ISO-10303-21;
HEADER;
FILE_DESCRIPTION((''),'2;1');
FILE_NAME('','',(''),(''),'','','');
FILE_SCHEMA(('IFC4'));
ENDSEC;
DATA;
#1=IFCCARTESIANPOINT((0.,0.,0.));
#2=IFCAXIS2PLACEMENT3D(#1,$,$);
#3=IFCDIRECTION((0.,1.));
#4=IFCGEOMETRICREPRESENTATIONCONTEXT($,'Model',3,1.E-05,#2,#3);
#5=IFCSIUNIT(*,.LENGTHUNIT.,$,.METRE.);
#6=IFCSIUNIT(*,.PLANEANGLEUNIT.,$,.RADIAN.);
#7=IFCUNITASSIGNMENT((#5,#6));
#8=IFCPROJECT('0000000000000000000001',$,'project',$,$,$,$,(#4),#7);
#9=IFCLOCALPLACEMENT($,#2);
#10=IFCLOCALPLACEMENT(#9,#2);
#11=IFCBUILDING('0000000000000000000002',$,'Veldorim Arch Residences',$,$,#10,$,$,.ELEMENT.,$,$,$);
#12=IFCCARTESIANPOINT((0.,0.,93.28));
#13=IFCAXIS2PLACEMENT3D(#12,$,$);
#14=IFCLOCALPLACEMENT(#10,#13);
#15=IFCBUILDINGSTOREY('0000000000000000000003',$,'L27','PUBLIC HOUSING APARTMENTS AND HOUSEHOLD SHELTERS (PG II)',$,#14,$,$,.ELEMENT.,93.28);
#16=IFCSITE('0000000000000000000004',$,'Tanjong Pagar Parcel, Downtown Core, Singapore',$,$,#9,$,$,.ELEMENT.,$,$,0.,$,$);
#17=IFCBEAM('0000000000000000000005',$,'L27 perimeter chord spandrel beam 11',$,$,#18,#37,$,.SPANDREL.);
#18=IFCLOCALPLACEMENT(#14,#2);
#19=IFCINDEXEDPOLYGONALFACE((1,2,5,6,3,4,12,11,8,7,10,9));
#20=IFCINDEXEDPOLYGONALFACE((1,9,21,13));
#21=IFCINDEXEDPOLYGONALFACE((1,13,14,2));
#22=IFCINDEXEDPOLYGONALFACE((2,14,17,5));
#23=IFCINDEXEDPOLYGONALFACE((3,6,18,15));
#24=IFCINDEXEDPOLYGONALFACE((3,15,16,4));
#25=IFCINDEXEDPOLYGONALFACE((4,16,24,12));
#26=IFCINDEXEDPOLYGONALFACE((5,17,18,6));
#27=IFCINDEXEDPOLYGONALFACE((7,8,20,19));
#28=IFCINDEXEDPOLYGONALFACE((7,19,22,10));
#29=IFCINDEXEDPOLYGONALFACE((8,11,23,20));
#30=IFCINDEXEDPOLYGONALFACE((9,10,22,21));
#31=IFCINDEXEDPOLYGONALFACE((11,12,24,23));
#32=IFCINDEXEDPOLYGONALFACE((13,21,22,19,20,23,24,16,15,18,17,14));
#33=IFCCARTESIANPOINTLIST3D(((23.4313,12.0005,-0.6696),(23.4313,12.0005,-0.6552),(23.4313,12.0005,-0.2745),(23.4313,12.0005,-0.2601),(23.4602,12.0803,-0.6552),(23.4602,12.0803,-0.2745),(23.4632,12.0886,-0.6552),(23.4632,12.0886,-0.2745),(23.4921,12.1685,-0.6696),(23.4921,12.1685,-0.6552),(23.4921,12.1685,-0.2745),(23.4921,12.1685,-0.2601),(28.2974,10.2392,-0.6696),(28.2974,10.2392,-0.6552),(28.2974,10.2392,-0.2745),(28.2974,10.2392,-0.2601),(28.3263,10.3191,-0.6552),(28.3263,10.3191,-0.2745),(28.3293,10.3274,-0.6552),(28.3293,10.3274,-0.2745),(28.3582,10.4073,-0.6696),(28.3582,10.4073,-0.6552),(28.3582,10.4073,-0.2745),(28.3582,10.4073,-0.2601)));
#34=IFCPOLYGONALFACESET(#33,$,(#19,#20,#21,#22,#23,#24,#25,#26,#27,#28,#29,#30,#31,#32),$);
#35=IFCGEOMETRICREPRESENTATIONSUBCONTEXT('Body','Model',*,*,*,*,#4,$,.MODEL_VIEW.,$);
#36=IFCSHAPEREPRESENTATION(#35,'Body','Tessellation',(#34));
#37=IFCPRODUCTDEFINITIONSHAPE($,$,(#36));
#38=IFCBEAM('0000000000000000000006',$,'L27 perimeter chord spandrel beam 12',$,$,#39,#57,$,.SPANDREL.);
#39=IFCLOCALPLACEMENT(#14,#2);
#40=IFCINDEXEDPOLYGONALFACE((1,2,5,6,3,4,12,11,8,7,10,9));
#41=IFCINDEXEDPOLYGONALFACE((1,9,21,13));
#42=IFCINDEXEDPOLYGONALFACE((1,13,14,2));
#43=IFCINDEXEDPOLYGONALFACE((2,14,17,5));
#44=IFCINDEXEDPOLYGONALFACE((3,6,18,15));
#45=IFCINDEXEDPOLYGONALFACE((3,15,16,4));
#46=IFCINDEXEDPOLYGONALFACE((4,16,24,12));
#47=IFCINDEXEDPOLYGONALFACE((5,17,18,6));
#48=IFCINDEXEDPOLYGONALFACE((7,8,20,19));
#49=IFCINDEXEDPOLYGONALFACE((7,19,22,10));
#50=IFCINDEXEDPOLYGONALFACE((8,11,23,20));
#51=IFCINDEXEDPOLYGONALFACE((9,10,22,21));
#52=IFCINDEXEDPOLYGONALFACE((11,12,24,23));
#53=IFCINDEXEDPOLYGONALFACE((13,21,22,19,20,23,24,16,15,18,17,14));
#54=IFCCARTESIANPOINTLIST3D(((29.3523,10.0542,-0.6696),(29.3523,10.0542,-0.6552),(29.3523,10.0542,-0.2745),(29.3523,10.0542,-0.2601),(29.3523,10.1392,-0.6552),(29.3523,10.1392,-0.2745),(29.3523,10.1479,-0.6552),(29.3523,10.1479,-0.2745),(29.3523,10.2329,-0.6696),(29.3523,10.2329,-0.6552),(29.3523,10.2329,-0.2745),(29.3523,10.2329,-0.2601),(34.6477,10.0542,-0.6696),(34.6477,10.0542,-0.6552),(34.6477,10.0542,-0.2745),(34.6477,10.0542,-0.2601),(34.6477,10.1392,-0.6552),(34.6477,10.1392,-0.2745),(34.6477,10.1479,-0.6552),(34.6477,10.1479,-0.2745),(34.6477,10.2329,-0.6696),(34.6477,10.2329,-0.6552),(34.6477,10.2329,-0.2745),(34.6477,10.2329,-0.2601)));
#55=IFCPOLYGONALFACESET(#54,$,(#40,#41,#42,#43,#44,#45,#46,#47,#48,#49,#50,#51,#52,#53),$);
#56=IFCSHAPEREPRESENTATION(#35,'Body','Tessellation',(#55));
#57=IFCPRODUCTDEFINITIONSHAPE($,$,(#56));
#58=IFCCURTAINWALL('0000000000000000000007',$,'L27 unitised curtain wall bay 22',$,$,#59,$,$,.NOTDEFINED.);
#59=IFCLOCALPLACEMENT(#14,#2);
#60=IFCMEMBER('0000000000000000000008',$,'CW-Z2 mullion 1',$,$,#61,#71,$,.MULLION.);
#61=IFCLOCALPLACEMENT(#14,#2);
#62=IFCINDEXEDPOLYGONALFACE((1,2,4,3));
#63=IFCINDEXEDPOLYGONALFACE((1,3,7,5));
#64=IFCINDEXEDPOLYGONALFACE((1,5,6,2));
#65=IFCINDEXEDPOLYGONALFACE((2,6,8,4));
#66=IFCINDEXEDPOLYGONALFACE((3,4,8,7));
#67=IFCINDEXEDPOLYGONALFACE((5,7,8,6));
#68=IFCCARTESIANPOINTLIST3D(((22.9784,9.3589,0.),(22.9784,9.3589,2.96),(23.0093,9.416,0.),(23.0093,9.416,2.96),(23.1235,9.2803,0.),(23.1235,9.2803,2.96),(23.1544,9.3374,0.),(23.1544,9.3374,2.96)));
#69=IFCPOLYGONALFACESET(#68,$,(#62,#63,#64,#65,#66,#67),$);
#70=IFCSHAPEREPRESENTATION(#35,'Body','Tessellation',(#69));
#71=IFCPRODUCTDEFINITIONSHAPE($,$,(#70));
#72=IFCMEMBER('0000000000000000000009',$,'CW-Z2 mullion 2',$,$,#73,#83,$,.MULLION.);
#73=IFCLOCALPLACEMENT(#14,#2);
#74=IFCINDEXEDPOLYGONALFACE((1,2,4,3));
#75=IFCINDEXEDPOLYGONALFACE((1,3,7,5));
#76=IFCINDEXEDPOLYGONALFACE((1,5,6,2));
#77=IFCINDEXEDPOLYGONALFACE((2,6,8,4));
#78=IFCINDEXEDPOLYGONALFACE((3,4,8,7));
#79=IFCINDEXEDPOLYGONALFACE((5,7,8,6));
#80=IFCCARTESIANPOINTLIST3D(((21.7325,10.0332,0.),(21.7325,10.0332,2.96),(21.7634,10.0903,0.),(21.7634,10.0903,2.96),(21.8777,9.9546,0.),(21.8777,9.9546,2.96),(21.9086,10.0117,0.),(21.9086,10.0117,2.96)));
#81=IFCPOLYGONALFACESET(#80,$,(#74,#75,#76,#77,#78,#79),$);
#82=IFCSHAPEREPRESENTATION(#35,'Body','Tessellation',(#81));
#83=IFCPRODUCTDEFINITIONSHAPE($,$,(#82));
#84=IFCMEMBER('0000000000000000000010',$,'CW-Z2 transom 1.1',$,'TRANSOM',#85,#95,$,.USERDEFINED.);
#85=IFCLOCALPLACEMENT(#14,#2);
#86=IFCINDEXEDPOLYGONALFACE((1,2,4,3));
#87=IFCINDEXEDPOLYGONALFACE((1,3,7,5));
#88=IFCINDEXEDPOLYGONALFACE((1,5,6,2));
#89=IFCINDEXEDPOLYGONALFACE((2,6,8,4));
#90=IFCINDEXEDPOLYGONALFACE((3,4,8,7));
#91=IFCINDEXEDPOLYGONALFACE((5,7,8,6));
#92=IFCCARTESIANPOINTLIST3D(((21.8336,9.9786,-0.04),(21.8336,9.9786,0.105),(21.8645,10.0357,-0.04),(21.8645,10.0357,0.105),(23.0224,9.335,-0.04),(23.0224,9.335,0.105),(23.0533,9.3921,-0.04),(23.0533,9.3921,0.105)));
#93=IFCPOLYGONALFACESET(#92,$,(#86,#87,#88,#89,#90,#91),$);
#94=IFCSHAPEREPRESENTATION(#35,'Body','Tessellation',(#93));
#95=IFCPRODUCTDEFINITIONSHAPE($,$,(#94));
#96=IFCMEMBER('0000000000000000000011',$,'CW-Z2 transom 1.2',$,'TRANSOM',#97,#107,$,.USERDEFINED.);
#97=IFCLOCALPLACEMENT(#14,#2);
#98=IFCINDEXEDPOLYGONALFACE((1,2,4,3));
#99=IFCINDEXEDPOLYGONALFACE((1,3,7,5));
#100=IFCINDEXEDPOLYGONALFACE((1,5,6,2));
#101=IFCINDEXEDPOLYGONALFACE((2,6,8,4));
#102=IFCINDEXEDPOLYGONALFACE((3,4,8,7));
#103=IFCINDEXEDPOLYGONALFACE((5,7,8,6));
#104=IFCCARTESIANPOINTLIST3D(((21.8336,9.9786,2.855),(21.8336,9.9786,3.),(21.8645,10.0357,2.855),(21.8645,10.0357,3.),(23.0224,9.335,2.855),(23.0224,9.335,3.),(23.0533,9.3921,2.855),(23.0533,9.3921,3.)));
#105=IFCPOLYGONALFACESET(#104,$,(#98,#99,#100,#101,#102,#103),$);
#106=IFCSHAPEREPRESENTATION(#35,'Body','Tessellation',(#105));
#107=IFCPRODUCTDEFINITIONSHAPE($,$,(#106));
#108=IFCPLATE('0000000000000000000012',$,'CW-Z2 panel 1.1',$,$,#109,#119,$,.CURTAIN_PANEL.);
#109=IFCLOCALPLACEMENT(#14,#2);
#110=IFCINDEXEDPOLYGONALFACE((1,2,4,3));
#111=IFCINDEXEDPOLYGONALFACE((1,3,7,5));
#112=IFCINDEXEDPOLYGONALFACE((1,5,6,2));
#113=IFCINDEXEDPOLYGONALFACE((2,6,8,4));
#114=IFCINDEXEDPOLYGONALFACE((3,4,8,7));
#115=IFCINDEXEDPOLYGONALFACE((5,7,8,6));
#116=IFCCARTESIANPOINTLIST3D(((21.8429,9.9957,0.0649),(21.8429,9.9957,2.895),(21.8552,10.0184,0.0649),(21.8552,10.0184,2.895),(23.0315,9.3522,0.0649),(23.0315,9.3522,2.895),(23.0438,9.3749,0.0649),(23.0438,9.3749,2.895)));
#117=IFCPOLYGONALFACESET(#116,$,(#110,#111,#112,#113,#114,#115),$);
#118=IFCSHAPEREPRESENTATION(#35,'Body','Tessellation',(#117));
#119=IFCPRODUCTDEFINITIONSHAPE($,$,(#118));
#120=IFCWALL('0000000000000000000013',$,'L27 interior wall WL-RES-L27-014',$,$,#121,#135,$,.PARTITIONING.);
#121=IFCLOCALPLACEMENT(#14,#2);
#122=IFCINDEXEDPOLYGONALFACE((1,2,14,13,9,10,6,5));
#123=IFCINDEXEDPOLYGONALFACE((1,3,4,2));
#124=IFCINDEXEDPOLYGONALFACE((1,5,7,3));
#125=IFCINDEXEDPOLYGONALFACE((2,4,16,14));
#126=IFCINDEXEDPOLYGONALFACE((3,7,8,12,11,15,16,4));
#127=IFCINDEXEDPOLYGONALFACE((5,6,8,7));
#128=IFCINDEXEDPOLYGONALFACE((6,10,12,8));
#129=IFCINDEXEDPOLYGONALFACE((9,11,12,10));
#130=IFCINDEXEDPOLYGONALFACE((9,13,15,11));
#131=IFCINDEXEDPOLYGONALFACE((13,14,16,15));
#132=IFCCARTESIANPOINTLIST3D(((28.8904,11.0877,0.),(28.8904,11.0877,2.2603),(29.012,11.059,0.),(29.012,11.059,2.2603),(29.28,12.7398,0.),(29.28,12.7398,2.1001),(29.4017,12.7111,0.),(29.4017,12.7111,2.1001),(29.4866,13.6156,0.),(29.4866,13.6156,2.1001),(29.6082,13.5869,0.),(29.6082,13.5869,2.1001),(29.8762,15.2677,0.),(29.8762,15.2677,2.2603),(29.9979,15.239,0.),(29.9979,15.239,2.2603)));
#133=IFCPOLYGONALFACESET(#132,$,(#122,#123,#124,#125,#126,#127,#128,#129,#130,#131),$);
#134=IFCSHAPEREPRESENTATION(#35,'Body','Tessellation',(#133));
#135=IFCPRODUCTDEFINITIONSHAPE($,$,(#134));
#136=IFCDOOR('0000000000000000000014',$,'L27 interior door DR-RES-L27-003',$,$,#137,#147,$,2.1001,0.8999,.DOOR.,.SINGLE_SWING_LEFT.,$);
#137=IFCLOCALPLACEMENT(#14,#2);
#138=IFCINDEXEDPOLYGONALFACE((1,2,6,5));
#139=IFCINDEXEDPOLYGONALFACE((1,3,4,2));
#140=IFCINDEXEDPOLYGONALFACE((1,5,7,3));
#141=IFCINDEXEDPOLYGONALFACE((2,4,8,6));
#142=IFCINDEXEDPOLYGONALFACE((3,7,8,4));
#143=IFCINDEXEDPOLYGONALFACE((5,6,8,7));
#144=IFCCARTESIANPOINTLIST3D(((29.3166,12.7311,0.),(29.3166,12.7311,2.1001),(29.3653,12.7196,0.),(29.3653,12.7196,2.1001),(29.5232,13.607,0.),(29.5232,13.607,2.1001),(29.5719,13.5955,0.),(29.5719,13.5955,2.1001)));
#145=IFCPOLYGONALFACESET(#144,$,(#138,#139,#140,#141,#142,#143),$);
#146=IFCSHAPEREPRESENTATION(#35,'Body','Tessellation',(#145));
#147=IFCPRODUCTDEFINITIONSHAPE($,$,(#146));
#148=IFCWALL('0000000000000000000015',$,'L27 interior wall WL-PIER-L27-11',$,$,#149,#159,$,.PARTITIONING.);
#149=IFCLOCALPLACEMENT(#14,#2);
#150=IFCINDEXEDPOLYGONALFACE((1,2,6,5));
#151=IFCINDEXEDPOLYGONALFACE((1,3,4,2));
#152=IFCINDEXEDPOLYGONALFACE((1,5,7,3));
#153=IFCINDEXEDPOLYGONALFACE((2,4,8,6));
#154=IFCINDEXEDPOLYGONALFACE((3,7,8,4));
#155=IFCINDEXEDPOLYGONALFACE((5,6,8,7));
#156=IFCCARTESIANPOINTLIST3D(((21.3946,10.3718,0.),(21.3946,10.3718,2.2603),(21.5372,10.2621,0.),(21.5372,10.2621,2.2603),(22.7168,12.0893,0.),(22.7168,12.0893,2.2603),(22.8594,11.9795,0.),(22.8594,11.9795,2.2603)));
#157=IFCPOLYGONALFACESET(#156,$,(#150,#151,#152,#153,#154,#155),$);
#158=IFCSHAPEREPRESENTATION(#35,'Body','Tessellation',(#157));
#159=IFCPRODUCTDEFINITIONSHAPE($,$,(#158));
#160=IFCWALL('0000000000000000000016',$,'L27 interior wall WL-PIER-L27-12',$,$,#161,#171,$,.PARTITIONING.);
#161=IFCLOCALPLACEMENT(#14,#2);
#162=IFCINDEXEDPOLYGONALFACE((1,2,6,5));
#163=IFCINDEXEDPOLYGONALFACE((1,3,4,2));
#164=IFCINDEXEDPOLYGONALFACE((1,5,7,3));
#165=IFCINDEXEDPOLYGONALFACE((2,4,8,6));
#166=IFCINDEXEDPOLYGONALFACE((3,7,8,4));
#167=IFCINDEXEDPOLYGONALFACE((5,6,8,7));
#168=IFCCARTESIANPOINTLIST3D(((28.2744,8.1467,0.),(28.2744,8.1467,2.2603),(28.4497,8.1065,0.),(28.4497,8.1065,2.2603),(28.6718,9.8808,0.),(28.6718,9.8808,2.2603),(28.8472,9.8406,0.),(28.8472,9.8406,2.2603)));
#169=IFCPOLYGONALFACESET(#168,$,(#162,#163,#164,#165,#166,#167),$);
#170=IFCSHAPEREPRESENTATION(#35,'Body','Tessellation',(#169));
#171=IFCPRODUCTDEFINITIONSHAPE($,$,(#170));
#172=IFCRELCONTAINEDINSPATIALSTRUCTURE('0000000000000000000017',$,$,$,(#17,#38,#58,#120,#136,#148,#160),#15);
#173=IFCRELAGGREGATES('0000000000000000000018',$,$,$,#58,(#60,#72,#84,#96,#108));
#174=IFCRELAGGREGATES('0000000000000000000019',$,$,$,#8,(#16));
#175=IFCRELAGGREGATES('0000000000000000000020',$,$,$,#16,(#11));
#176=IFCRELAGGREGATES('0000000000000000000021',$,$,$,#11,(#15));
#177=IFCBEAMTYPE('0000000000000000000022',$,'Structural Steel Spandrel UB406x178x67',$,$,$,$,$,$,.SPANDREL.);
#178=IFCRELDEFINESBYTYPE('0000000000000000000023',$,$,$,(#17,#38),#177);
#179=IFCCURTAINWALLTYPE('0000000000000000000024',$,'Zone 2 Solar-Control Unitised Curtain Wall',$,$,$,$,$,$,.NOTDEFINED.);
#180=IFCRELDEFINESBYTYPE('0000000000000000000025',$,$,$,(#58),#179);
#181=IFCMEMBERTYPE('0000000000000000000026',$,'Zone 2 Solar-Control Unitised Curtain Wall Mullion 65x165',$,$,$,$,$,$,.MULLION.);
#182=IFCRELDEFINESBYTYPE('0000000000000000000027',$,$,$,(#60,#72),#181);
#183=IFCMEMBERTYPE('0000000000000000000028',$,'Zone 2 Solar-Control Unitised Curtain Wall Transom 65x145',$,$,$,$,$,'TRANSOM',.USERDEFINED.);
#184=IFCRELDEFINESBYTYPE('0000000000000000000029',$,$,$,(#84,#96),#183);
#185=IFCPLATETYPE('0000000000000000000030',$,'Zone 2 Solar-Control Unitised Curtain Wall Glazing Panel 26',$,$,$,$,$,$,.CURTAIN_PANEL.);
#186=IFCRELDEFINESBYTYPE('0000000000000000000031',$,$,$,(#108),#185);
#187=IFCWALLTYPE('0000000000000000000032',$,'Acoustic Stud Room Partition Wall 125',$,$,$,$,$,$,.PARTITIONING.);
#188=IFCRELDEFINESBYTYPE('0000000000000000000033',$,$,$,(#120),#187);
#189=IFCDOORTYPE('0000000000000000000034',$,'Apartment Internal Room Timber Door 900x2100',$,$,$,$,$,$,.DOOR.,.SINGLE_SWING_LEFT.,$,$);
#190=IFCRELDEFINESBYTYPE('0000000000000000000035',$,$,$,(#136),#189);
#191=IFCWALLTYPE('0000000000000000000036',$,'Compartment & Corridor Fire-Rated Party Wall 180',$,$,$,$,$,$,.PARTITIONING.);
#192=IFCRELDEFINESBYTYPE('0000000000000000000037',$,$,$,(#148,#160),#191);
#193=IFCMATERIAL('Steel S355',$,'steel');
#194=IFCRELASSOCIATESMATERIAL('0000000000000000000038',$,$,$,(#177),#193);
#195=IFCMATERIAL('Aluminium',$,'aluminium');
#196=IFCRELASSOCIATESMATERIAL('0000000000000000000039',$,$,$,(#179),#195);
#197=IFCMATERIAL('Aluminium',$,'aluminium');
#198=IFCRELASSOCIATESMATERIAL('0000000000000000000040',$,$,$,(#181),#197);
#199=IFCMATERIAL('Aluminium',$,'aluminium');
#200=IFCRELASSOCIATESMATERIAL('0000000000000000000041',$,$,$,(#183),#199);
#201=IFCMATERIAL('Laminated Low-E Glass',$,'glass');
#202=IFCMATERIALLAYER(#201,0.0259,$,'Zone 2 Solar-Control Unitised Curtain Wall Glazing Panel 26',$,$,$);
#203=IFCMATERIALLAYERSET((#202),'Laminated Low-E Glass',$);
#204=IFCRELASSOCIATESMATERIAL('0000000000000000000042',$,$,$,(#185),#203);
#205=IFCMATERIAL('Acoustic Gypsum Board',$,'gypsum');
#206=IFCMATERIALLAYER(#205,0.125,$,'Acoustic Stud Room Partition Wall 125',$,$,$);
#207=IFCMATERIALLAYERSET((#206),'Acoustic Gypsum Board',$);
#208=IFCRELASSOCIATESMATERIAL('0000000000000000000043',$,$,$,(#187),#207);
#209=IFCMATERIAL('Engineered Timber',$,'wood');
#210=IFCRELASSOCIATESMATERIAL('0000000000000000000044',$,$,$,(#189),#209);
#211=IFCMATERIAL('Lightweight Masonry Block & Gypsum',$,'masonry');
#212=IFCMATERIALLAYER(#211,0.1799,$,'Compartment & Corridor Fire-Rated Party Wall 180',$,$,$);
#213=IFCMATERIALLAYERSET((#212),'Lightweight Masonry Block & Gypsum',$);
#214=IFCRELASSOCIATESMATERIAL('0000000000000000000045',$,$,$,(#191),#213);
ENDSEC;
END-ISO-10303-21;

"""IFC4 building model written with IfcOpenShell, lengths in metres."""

from ifc_helpers import new_model, si_unit, direction, frame, frame_2d, origin, origin_2d, place, context, subcontext, project, spatial, rectangle, i_section, extrude, material, layer, layer_set, material_profile, profile_set, type_object, element, fill, aggregate, save


model = new_model("IFC4")

# Units and contexts
model_context = context("Model", 3, precision=1e-05, world=origin(), true_north=direction((0.0, 1.0)))
body_context = subcontext(model_context, "Body", "Model", "MODEL_VIEW")
ifc_project = project(units=[si_unit("LENGTHUNIT", "METRE"), si_unit("PLANEANGLEUNIT", "RADIAN")], contexts=[model_context])

# Site, building, storey
site_placement = place(None, origin())
site = spatial("IfcSite", under=ifc_project, at=site_placement, Name="Tanjong Pagar Parcel, Downtown Core, Singapore", CompositionType="ELEMENT", RefElevation=0.0)
building_placement = place(site_placement, origin())
building = spatial("IfcBuilding", under=site, at=building_placement, Name="Veldorim Arch Residences", CompositionType="ELEMENT")
storey_placement = place(building_placement, frame((0.0, 0.0, 93.28)))
storey = spatial("IfcBuildingStorey", under=building, at=storey_placement, Name="L27", Description="PUBLIC HOUSING APARTMENTS AND HOUSEHOLD SHELTERS (PG II)", CompositionType="ELEMENT", Elevation=93.28)

# Beams
ifc_material_1 = material(Name="Steel S355", Category="steel")
ifc_material_profile_1 = material_profile(ifc_material_1, i_section(OverallWidth=0.1787, OverallDepth=0.4094, WebThickness=0.0088, FlangeThickness=0.0144, at=origin_2d()), Name="UB406x178x67")
ifc_profile_set_1 = profile_set([ifc_material_profile_1], Name="Steel S355")
beam_type_1 = type_object("IfcBeamType", Name="Structural Steel Spandrel UB406x178x67", PredefinedType="SPANDREL", material=ifc_profile_set_1)
beam_1_placement = place(storey_placement, frame((23.4617, 12.0845, -0.4648), z_axis=(0.940308, -0.340326, 0.0), x_axis=(0.340326, 0.940308, 0.0)))
element("IfcBeam", 1, at=beam_1_placement, inside=storey, type_object=beam_type_1, Name="L27 perimeter chord spandrel beam 11", PredefinedType="SPANDREL", context=body_context, shape_type="SweptSolid", body=[
    extrude(i_section(OverallWidth=0.1787, OverallDepth=0.4094, WebThickness=0.0088, FlangeThickness=0.0144, at=origin_2d()), origin(), (0.0, 0.0, 1.0), 5.175),
])
beam_2_placement = place(storey_placement, frame((29.3523, 10.1436, -0.4648), z_axis=(1.0, 0.0, 0.0), x_axis=(0.0, 1.0, 0.0)))
element("IfcBeam", 2, at=beam_2_placement, inside=storey, type_object=beam_type_1, Name="L27 perimeter chord spandrel beam 12", PredefinedType="SPANDREL", context=body_context, shape_type="SweptSolid", body=[
    extrude(i_section(OverallWidth=0.1787, OverallDepth=0.4094, WebThickness=0.0088, FlangeThickness=0.0144, at=origin_2d()), origin(), (0.0, 0.0, 1.0), 5.2954),
])

# Curtain wall, members, plate
ifc_material_2 = material(Name="Aluminium", Category="aluminium")
curtain_wall_type = type_object("IfcCurtainWallType", Name="Zone 2 Solar-Control Unitised Curtain Wall", PredefinedType="NOTDEFINED", material=ifc_material_2)
curtain_wall_placement = place(storey_placement, origin())
curtain_wall = element("IfcCurtainWall", 3, at=curtain_wall_placement, inside=storey, type_object=curtain_wall_type, Name="L27 unitised curtain wall bay 22", PredefinedType="NOTDEFINED")
ifc_material_3 = material(Name="Aluminium", Category="aluminium")
ifc_material_profile_2 = material_profile(ifc_material_3, rectangle(XDim=0.0649, YDim=0.165, at=origin_2d()), Name="ALU_MUL_65x165")
ifc_profile_set_2 = profile_set([ifc_material_profile_2], Name="Aluminium")
member_type_1 = type_object("IfcMemberType", Name="Zone 2 Solar-Control Unitised Curtain Wall Mullion 65x165", PredefinedType="MULLION", material=ifc_profile_set_2)
member_1_placement = place(storey_placement, frame((23.0664, 9.3481, 0.0), z_axis=(0.0, 0.0, 1.0), x_axis=(-0.476096, -0.879393, 0.0)))
member_1 = element("IfcMember", 4, at=member_1_placement, type_object=member_type_1, Name="CW-Z2 mullion 1", PredefinedType="MULLION", context=body_context, shape_type="SweptSolid", body=[
    extrude(rectangle(XDim=0.0649, YDim=0.165, at=origin_2d()), origin(), (0.0, 0.0, 1.0), 2.96),
])
member_2_placement = place(storey_placement, frame((21.8206, 10.0225, 0.0), z_axis=(0.0, 0.0, 1.0), x_axis=(-0.476096, -0.879393, 0.0)))
member_2 = element("IfcMember", 5, at=member_2_placement, type_object=member_type_1, Name="CW-Z2 mullion 2", PredefinedType="MULLION", context=body_context, shape_type="SweptSolid", body=[
    extrude(rectangle(XDim=0.0649, YDim=0.165, at=origin_2d()), origin(), (0.0, 0.0, 1.0), 2.96),
])
ifc_material_4 = material(Name="Aluminium", Category="aluminium")
ifc_material_profile_3 = material_profile(ifc_material_4, rectangle(XDim=0.0649, YDim=0.145, at=origin_2d()), Name="ALU_TRN_65x145")
ifc_profile_set_3 = profile_set([ifc_material_profile_3], Name="Aluminium")
member_type_2 = type_object("IfcMemberType", Name="Zone 2 Solar-Control Unitised Curtain Wall Transom 65x145", ElementType="TRANSOM", PredefinedType="USERDEFINED", material=ifc_profile_set_3)
member_3_placement = place(storey_placement, frame((23.0378, 9.3635, 0.0325), z_axis=(-0.879396, 0.476091, 0.0), x_axis=(-0.476091, -0.879396, 0.0)))
member_3 = element("IfcMember", 6, at=member_3_placement, type_object=member_type_2, Name="CW-Z2 transom 1.1", ObjectType="TRANSOM", PredefinedType="USERDEFINED", context=body_context, shape_type="SweptSolid", body=[
    extrude(rectangle(XDim=0.0649, YDim=0.145, at=origin_2d()), origin(), (0.0, 0.0, 1.0), 1.3518),
])
member_4_placement = place(storey_placement, frame((23.0378, 9.3635, 2.9275), z_axis=(-0.879396, 0.476091, 0.0), x_axis=(-0.476091, -0.879396, 0.0)))
member_4 = element("IfcMember", 7, at=member_4_placement, type_object=member_type_2, Name="CW-Z2 transom 1.2", ObjectType="TRANSOM", PredefinedType="USERDEFINED", context=body_context, shape_type="SweptSolid", body=[
    extrude(rectangle(XDim=0.0649, YDim=0.145, at=origin_2d()), origin(), (0.0, 0.0, 1.0), 1.3518),
])
ifc_material_5 = material(Name="Laminated Low-E Glass", Category="glass")
ifc_layer_1 = layer(ifc_material_5, 0.0259, Name="Zone 2 Solar-Control Unitised Curtain Wall Glazing Panel 26")
ifc_layer_set_1 = layer_set([ifc_layer_1], Name="Laminated Low-E Glass")
plate_type = type_object("IfcPlateType", Name="Zone 2 Solar-Control Unitised Curtain Wall Glazing Panel 26", PredefinedType="CURTAIN_PANEL", material=ifc_layer_set_1)
plate_placement = place(storey_placement, frame((22.4434, 9.6853, 0.0649), z_axis=(0.0, 0.0, 1.0), x_axis=(-0.879393, 0.476096, 0.0)))
plate = element("IfcPlate", 8, at=plate_placement, type_object=plate_type, Name="CW-Z2 panel 1.1", PredefinedType="CURTAIN_PANEL", context=body_context, shape_type="SweptSolid", body=[
    extrude(rectangle(XDim=1.3516, YDim=0.0259, at=origin_2d()), origin(), (0.0, 0.0, 1.0), 2.8301),
])
aggregate(curtain_wall, [member_1, member_2, member_3, member_4, plate])

# Wall, opening, door
ifc_material_6 = material(Name="Acoustic Gypsum Board", Category="gypsum")
ifc_layer_2 = layer(ifc_material_6, 0.125, Name="Acoustic Stud Room Partition Wall 125")
ifc_layer_set_2 = layer_set([ifc_layer_2], Name="Acoustic Gypsum Board")
wall_type_1 = type_object("IfcWallType", Name="Acoustic Stud Room Partition Wall 125", PredefinedType="PARTITIONING", material=ifc_layer_set_2)
wall_1_placement = place(storey_placement, frame((28.9512, 11.0732, 0.0), z_axis=(0.0, 0.0, 1.0), x_axis=(0.229553, 0.973296, 0.0)))
wall_1 = element("IfcWall", 9, at=wall_1_placement, inside=storey, type_object=wall_type_1, Name="L27 interior wall WL-RES-L27-014", PredefinedType="PARTITIONING", context=body_context, shape_type="SweptSolid", body=[
    extrude(rectangle(XDim=4.2947, YDim=0.125, at=frame_2d((2.1475, 0.0))), origin(), (0.0, 0.0, 1.0), 2.2603),
])
opening_1_placement = place(wall_1_placement, frame((1.6975, 0.0, 0.0)))
opening_1 = element("IfcOpeningElement", 10, at=opening_1_placement, cuts=wall_1, PredefinedType="OPENING", context=body_context, shape_type="SweptSolid", body=[
    extrude(rectangle(XDim=0.8999, YDim=2.1001, at=frame_2d((0.45, 1.05))), frame((0.0, 0.0725, 0.0), z_axis=(0.0, -1.0, 0.0), x_axis=(1.0, 0.0, 0.0)), (0.0, 0.0, 1.0), 0.145),
])
ifc_material_7 = material(Name="Engineered Timber", Category="wood")
door_type = type_object("IfcDoorType", Name="Apartment Internal Room Timber Door 900x2100", OperationType="SINGLE_SWING_LEFT", PredefinedType="DOOR", material=ifc_material_7)
door_placement = place(opening_1_placement, origin())
door = element("IfcDoor", 11, at=door_placement, inside=storey, type_object=door_type, Name="L27 interior door DR-RES-L27-003", OperationType="SINGLE_SWING_LEFT", OverallHeight=2.1001, OverallWidth=0.8999, PredefinedType="DOOR", context=body_context, shape_type="SweptSolid", body=[
    extrude(rectangle(XDim=0.8999, YDim=2.1001, at=frame_2d((0.45, 1.05))), frame((0.0, 0.0249, 0.0), z_axis=(0.0, -1.0, 0.0), x_axis=(1.0, 0.0, 0.0)), (0.0, 0.0, 1.0), 0.05),
])
fill(opening_1, door)

# Walls
ifc_material_8 = material(Name="Lightweight Masonry Block & Gypsum", Category="masonry")
ifc_layer_3 = layer(ifc_material_8, 0.1799, Name="Compartment & Corridor Fire-Rated Party Wall 180")
ifc_layer_set_3 = layer_set([ifc_layer_3], Name="Lightweight Masonry Block & Gypsum")
wall_type_2 = type_object("IfcWallType", Name="Compartment & Corridor Fire-Rated Party Wall 180", PredefinedType="PARTITIONING", material=ifc_layer_set_3)
wall_2_placement = place(storey_placement, frame((22.7881, 12.0344, 0.0), z_axis=(0.0, 0.0, 1.0), x_axis=(-0.610026, -0.792381, 0.0)))
element("IfcWall", 12, at=wall_2_placement, inside=storey, type_object=wall_type_2, Name="L27 interior wall WL-PIER-L27-11", PredefinedType="PARTITIONING", context=body_context, shape_type="SweptSolid", body=[
    extrude(rectangle(XDim=2.1675, YDim=0.1799, at=frame_2d((1.0837, 0.0))), origin(), (0.0, 0.0, 1.0), 2.2603),
])
wall_3_placement = place(storey_placement, frame((28.7595, 9.8608, 0.0), z_axis=(0.0, 0.0, 1.0), x_axis=(-0.223406, -0.974725, 0.0)))
element("IfcWall", 13, at=wall_3_placement, inside=storey, type_object=wall_type_2, Name="L27 interior wall WL-PIER-L27-12", PredefinedType="PARTITIONING", context=body_context, shape_type="SweptSolid", body=[
    extrude(rectangle(XDim=1.7791, YDim=0.1799, at=frame_2d((0.8896, 0.0))), origin(), (0.0, 0.0, 1.0), 2.2603),
])

save(model, "model.ifc")
